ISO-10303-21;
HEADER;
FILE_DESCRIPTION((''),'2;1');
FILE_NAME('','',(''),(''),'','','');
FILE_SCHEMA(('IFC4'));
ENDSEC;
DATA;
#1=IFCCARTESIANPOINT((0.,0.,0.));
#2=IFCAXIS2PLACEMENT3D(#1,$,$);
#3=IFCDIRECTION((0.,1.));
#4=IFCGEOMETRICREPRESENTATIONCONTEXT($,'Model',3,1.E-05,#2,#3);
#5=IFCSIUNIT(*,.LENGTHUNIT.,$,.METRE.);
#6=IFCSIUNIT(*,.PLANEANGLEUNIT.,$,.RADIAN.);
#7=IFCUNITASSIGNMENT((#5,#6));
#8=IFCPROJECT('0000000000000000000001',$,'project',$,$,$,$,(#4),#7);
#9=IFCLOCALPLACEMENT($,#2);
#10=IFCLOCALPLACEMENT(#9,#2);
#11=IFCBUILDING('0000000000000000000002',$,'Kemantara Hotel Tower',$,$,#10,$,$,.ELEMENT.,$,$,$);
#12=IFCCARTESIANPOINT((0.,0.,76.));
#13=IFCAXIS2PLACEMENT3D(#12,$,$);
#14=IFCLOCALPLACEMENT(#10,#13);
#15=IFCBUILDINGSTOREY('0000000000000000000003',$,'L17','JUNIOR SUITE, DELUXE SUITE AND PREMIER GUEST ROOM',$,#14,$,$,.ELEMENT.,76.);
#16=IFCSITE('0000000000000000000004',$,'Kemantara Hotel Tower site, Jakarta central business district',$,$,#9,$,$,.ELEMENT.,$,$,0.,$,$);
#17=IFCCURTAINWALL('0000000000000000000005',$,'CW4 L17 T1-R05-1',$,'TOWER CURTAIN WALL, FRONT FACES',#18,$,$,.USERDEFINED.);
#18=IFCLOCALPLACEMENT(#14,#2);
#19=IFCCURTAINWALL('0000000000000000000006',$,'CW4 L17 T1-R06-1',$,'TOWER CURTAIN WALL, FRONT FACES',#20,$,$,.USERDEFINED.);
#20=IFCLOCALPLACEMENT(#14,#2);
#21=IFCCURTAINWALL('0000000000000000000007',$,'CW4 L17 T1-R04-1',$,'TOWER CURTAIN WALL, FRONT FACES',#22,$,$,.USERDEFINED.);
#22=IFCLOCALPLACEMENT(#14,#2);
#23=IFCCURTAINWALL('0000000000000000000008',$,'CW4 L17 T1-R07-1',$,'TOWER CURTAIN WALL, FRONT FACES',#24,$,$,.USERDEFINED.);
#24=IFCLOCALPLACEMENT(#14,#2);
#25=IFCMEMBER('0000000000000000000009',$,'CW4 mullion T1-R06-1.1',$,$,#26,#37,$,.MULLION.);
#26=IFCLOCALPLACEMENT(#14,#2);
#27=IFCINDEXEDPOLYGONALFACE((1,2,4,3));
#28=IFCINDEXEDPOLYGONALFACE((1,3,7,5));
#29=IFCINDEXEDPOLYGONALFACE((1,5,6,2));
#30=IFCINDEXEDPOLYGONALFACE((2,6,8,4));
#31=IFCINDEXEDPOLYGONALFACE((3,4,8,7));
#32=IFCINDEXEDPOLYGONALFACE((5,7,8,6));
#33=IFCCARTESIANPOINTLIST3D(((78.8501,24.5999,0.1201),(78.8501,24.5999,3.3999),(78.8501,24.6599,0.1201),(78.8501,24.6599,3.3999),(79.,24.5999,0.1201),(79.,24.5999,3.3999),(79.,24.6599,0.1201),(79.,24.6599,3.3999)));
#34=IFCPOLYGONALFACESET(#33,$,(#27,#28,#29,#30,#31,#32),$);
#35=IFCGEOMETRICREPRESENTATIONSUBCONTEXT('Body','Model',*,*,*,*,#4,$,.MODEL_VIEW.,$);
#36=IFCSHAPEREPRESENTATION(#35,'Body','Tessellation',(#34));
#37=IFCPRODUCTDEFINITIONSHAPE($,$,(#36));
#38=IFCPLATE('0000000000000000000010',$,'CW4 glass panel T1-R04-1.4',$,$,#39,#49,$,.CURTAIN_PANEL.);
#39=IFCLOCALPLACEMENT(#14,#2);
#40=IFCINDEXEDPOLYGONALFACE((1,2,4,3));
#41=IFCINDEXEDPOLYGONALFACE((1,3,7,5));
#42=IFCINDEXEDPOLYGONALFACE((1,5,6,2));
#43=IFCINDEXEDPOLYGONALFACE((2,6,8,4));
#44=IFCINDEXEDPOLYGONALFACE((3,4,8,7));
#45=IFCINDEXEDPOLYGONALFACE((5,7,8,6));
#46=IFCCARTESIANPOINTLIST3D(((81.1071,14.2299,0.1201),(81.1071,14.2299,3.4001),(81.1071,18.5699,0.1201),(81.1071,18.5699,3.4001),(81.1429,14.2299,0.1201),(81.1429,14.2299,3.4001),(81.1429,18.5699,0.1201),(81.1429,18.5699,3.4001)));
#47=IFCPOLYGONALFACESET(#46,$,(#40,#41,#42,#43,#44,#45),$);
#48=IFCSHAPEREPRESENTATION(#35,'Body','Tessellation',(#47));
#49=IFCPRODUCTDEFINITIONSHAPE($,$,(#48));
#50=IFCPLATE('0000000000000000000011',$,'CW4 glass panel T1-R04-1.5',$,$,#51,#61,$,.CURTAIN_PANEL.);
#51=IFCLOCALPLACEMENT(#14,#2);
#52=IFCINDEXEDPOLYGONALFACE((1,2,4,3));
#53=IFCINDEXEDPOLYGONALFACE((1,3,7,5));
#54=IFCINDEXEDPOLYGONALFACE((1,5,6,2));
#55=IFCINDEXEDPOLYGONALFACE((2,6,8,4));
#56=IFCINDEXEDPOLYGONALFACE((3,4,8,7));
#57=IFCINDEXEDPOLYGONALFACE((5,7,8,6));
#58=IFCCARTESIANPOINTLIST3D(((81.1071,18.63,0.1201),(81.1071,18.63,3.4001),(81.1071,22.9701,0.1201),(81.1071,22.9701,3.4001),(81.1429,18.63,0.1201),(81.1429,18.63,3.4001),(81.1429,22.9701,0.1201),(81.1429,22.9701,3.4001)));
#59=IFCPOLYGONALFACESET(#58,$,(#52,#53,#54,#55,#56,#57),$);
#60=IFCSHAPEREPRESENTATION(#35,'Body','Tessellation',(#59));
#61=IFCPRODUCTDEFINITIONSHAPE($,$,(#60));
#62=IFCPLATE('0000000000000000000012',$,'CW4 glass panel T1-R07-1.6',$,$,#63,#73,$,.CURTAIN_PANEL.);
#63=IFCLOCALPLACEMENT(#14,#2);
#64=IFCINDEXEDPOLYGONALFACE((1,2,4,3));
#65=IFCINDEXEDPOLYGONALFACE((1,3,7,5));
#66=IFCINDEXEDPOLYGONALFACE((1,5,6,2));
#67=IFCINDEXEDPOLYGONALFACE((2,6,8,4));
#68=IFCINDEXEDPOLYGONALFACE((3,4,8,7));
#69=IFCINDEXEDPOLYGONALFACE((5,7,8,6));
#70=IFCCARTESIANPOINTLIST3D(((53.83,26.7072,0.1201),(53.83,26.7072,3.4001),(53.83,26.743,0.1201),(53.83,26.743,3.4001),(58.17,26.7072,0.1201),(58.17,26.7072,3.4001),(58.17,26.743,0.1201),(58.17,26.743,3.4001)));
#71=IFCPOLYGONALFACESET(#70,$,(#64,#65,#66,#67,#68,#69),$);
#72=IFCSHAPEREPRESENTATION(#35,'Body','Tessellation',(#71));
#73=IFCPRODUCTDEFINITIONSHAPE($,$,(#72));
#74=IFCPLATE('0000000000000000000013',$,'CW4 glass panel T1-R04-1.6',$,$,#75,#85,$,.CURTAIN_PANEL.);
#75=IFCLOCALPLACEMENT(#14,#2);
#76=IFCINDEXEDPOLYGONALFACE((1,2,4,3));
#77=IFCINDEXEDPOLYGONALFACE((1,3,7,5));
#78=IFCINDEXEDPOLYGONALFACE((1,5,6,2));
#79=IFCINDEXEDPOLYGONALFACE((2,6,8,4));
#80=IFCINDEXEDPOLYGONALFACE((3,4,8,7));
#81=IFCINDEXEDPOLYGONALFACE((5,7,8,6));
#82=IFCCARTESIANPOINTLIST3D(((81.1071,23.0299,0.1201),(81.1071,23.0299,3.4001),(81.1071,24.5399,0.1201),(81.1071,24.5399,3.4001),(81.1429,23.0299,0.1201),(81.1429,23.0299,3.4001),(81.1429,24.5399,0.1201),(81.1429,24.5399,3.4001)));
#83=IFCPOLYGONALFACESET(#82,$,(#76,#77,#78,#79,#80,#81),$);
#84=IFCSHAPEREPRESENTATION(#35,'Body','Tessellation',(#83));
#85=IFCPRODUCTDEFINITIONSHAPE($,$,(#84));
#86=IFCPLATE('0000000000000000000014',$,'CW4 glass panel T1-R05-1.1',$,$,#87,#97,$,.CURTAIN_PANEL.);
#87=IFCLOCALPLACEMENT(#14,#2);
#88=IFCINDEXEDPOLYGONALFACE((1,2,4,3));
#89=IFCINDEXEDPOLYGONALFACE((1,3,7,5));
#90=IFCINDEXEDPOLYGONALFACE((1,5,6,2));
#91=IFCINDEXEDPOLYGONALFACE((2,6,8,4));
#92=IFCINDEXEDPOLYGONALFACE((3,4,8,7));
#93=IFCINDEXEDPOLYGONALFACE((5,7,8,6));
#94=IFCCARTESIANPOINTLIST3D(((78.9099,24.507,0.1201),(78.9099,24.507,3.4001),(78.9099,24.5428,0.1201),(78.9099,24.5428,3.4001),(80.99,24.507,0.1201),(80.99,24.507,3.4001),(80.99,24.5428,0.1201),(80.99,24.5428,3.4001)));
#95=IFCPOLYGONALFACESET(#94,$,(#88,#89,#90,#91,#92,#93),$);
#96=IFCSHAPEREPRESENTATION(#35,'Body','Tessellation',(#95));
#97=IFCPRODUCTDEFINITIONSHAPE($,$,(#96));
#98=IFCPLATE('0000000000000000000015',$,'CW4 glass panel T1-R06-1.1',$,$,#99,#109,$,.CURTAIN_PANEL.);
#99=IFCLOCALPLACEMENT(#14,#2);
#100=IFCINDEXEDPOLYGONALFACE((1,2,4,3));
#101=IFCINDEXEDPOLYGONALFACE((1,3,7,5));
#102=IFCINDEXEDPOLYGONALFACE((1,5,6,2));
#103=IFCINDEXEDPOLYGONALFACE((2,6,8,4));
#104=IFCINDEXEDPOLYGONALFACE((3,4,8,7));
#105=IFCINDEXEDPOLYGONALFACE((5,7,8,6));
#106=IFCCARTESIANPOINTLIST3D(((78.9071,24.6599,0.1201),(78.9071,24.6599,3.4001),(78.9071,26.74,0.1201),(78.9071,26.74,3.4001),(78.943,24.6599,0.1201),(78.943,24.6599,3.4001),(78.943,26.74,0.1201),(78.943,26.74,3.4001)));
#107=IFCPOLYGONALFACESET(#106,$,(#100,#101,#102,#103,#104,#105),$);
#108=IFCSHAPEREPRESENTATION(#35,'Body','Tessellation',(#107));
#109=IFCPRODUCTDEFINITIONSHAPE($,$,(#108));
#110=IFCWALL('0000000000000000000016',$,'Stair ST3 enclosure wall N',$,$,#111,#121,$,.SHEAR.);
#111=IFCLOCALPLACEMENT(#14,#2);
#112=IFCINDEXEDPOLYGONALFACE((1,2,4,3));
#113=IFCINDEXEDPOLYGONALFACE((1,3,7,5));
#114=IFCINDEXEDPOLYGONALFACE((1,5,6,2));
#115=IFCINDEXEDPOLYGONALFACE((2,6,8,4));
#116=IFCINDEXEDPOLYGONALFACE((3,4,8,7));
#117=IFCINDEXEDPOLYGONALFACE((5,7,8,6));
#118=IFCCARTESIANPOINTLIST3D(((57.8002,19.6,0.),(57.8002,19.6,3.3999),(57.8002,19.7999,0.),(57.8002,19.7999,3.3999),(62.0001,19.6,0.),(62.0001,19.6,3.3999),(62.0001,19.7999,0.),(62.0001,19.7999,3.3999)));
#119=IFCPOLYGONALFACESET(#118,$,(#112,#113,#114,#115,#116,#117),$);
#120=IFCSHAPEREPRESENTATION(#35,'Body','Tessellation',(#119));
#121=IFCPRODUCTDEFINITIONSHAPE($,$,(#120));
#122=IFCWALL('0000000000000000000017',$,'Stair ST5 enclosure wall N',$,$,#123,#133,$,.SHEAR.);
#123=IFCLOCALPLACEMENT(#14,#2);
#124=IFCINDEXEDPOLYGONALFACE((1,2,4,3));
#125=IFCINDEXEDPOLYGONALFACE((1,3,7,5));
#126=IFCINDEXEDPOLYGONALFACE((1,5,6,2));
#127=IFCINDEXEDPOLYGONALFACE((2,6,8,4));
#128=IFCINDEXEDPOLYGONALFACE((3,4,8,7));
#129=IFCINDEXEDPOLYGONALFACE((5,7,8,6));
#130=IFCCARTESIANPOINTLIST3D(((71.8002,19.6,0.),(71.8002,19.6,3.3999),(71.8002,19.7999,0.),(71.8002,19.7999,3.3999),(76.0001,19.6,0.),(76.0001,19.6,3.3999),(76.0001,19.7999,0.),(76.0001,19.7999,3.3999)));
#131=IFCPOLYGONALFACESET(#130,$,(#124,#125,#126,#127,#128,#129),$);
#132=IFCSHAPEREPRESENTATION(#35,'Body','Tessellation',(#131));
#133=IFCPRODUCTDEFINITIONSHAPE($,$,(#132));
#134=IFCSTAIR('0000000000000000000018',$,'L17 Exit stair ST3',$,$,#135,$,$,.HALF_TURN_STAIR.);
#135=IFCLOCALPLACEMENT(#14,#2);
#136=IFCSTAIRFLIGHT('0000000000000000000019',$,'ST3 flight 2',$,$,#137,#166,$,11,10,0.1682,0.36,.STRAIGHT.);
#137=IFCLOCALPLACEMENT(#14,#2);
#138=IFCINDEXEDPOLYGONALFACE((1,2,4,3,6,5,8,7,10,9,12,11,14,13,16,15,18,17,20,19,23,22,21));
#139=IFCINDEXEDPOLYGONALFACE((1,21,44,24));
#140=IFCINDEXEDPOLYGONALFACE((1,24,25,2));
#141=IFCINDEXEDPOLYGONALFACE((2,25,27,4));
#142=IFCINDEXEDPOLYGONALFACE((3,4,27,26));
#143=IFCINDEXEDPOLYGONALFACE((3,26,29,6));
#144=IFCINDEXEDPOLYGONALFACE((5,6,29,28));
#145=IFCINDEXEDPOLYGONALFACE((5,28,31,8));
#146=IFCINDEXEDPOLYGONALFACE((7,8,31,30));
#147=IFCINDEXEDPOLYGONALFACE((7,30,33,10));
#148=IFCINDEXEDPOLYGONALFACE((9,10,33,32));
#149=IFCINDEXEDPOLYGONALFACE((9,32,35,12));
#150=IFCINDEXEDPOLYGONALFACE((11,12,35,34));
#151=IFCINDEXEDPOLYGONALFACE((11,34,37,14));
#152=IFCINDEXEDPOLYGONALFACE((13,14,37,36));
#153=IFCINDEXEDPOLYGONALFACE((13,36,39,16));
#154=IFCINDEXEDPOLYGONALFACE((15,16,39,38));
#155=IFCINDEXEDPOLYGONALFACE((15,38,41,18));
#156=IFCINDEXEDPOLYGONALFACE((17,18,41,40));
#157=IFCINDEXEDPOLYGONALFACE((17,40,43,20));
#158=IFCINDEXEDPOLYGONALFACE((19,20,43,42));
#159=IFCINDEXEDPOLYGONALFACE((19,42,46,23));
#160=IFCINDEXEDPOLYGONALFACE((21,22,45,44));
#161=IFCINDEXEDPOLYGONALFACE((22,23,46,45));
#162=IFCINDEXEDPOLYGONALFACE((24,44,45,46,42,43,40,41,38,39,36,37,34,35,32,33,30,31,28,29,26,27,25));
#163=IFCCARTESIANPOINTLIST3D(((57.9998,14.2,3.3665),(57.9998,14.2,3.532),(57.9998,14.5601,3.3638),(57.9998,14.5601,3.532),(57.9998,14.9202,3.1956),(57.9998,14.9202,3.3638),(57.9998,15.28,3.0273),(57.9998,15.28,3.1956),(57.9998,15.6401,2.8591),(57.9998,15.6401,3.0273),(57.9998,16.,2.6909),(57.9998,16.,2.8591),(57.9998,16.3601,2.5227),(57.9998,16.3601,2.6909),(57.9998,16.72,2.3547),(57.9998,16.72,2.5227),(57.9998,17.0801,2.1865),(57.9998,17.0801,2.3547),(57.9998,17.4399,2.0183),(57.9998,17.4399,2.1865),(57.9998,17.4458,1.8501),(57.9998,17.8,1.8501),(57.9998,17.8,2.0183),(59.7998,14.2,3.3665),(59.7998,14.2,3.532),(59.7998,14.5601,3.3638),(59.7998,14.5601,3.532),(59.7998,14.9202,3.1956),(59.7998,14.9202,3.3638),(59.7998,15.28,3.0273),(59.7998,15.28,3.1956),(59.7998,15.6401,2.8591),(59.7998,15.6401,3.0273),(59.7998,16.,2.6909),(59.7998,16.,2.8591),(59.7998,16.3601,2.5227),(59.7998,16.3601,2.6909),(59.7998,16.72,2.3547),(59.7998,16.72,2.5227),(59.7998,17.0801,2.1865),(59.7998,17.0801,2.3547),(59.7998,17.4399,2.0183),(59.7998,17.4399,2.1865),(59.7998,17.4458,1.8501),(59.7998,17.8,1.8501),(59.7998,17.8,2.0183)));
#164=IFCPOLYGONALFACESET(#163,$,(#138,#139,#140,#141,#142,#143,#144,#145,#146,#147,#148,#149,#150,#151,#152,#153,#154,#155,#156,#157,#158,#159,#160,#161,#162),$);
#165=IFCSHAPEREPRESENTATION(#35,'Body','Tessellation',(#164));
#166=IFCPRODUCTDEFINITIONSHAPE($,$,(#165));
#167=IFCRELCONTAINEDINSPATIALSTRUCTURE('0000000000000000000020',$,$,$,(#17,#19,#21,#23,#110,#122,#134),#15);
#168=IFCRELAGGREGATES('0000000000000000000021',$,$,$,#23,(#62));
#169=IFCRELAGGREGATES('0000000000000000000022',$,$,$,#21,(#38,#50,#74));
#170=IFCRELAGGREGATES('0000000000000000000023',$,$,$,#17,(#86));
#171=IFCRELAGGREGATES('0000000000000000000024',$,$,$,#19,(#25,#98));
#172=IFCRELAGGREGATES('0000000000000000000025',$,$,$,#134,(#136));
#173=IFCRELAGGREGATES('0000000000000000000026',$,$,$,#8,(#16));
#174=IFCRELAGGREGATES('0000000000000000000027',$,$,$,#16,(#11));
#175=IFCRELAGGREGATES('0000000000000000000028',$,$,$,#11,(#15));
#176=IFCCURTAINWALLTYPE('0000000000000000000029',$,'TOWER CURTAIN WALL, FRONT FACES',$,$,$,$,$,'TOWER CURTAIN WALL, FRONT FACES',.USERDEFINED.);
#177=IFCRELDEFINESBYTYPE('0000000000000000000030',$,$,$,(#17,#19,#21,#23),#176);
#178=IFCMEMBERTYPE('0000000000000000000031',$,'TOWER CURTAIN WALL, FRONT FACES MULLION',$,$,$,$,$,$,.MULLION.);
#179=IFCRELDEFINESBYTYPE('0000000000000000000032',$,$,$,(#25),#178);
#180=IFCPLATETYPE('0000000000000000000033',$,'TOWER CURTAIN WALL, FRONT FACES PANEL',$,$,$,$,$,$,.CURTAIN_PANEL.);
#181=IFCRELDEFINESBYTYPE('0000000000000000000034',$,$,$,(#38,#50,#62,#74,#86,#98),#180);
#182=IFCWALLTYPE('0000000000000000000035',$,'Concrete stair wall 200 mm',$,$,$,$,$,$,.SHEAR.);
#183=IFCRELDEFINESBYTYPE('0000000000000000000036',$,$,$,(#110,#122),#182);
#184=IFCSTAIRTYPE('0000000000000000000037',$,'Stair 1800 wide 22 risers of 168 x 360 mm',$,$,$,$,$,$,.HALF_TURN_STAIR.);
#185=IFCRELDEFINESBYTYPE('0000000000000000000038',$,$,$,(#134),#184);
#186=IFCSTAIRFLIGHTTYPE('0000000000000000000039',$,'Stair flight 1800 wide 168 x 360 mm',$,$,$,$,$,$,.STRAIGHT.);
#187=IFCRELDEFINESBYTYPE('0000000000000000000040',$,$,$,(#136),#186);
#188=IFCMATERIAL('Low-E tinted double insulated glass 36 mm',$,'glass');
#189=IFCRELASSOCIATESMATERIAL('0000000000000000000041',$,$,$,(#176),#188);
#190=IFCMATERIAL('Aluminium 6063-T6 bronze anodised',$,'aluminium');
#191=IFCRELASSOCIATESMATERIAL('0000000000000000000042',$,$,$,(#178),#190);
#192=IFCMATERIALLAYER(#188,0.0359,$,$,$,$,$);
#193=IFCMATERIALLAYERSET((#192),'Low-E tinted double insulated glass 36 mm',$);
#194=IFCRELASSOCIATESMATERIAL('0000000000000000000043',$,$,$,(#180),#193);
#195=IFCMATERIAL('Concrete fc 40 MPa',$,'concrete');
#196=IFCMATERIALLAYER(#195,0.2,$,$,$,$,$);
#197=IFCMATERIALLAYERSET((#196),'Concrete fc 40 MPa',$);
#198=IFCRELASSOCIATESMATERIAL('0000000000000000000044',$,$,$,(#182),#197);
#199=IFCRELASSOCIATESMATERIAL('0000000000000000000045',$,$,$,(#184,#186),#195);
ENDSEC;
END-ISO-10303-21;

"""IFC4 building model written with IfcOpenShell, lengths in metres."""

from ifc_helpers import new_model, si_unit, direction, frame, frame_2d, origin, origin_2d, place, context, subcontext, project, spatial, polyline, rectangle, outline, extrude, source, transform, mapped, material, layer, layer_set, material_profile, profile_set, type_object, element, aggregate, save


model = new_model("IFC4")

# Units and contexts
model_context = context("Model", 3, precision=1e-05, world=origin(), true_north=direction((0.0, 1.0)))
body_context = subcontext(model_context, "Body", "Model", "MODEL_VIEW")
ifc_project = project(units=[si_unit("LENGTHUNIT", "METRE"), si_unit("PLANEANGLEUNIT", "RADIAN")], contexts=[model_context])

# Site, building, storey
site_placement = place(None, origin())
site = spatial("IfcSite", under=ifc_project, at=site_placement, Name="Kemantara Hotel Tower site, Jakarta central business district", CompositionType="ELEMENT", RefElevation=0.0)
building_placement = place(site_placement, origin())
building = spatial("IfcBuilding", under=site, at=building_placement, Name="Kemantara Hotel Tower", CompositionType="ELEMENT")
storey_placement = place(building_placement, frame((0.0, 0.0, 76.0)))
storey = spatial("IfcBuildingStorey", under=building, at=storey_placement, Name="L17", Description="JUNIOR SUITE, DELUXE SUITE AND PREMIER GUEST ROOM", CompositionType="ELEMENT", Elevation=76.0)

# Curtain walls
ifc_material_1 = material(Name="Low-E tinted double insulated glass 36 mm", Category="glass")
curtain_wall_type = type_object("IfcCurtainWallType", Name="TOWER CURTAIN WALL, FRONT FACES", ElementType="TOWER CURTAIN WALL, FRONT FACES", PredefinedType="USERDEFINED", material=ifc_material_1)
curtain_wall_1_placement = place(storey_placement, origin())
curtain_wall_1 = element("IfcCurtainWall", 1, at=curtain_wall_1_placement, inside=storey, type_object=curtain_wall_type, Name="CW4 L17 T1-R05-1", ObjectType="TOWER CURTAIN WALL, FRONT FACES", PredefinedType="USERDEFINED")
ifc_material_2 = material(Name="Aluminium 6063-T6 bronze anodised", Category="aluminium")
curtain_wall_2_placement = place(storey_placement, origin())
curtain_wall_2 = element("IfcCurtainWall", 2, at=curtain_wall_2_placement, inside=storey, type_object=curtain_wall_type, Name="CW4 L17 T1-R06-1", ObjectType="TOWER CURTAIN WALL, FRONT FACES", PredefinedType="USERDEFINED")

# Curtain walls
curtain_wall_3_placement = place(storey_placement, origin())
curtain_wall_3 = element("IfcCurtainWall", 3, at=curtain_wall_3_placement, inside=storey, type_object=curtain_wall_type, Name="CW4 L17 T1-R04-1", ObjectType="TOWER CURTAIN WALL, FRONT FACES", PredefinedType="USERDEFINED")
ifc_material_profile_1 = material_profile(ifc_material_2, rectangle(XDim=0.1499, YDim=0.0601, at=origin_2d()), Name="TOWER CURTAIN WALL, FRONT FACES MULLION")
ifc_profile_set_1 = profile_set([ifc_material_profile_1], Name="Aluminium 6063-T6 bronze anodised")
member_type_1 = type_object("IfcMemberType", Name="TOWER CURTAIN WALL, FRONT FACES MULLION", PredefinedType="MULLION", material=ifc_profile_set_1)
shared_shape_1 = source(origin(), body_context, "Body", "SweptSolid", [
    extrude(rectangle(XDim=0.1499, YDim=0.0601, at=origin_2d()), origin(), (0.0, 0.0, 1.0), 3.2798),
])
curtain_wall_4_placement = place(storey_placement, origin())
curtain_wall_4 = element("IfcCurtainWall", 4, at=curtain_wall_4_placement, inside=storey, type_object=curtain_wall_type, Name="CW4 L17 T1-R07-1", ObjectType="TOWER CURTAIN WALL, FRONT FACES", PredefinedType="USERDEFINED")

# Member
member_1_placement = place(storey_placement, frame((78.925, 24.6299, 0.1201), z_axis=(0.0, 0.0, 1.0), x_axis=(-1.0, 0.0, 0.0)))
member_1 = element("IfcMember", 5, at=member_1_placement, type_object=member_type_1, Name="CW4 mullion T1-R06-1.1", PredefinedType="MULLION", context=body_context, shape_type="MappedRepresentation", body=[
    mapped(shared_shape_1, transform((0.0, 0.0, 0.0))),
])

# Plates
ifc_layer_1 = layer(ifc_material_1, 0.0359)
ifc_layer_set_1 = layer_set([ifc_layer_1], Name="Low-E tinted double insulated glass 36 mm")
plate_type = type_object("IfcPlateType", Name="TOWER CURTAIN WALL, FRONT FACES PANEL", PredefinedType="CURTAIN_PANEL", material=ifc_layer_set_1)
shared_shape_2 = source(origin(), body_context, "Body", "SweptSolid", [
    extrude(rectangle(XDim=4.3401, YDim=0.0359, at=origin_2d()), origin(), (0.0, 0.0, 1.0), 3.28),
])
plate_1_placement = place(storey_placement, frame((81.125, 16.3999, 0.1201), z_axis=(0.0, 0.0, 1.0), x_axis=(0.0, 1.0, 0.0)))
plate_1 = element("IfcPlate", 6, at=plate_1_placement, type_object=plate_type, Name="CW4 glass panel T1-R04-1.4", PredefinedType="CURTAIN_PANEL", context=body_context, shape_type="MappedRepresentation", body=[
    mapped(shared_shape_2, transform((0.0, 0.0, 0.0))),
])
plate_2_placement = place(storey_placement, frame((81.125, 20.8, 0.1201), z_axis=(0.0, 0.0, 1.0), x_axis=(0.0, 1.0, 0.0)))
plate_2 = element("IfcPlate", 7, at=plate_2_placement, type_object=plate_type, Name="CW4 glass panel T1-R04-1.5", PredefinedType="CURTAIN_PANEL", context=body_context, shape_type="MappedRepresentation", body=[
    mapped(shared_shape_2, transform((0.0, 0.0, 0.0))),
])
plate_3_placement = place(storey_placement, frame((56.0, 26.7251, 0.1201), z_axis=(0.0, 0.0, 1.0), x_axis=(-1.0, 0.0, 0.0)))
plate_3 = element("IfcPlate", 8, at=plate_3_placement, type_object=plate_type, Name="CW4 glass panel T1-R07-1.6", PredefinedType="CURTAIN_PANEL", context=body_context, shape_type="MappedRepresentation", body=[
    mapped(shared_shape_2, transform((0.0, 0.0, 0.0))),
])
aggregate(curtain_wall_4, [plate_3])
shared_shape_3 = source(origin(), body_context, "Body", "SweptSolid", [
    extrude(rectangle(XDim=1.51, YDim=0.0359, at=origin_2d()), origin(), (0.0, 0.0, 1.0), 3.28),
])
plate_4_placement = place(storey_placement, frame((81.125, 23.7849, 0.1201), z_axis=(0.0, 0.0, 1.0), x_axis=(0.0, 1.0, 0.0)))
plate_4 = element("IfcPlate", 9, at=plate_4_placement, type_object=plate_type, Name="CW4 glass panel T1-R04-1.6", PredefinedType="CURTAIN_PANEL", context=body_context, shape_type="MappedRepresentation", body=[
    mapped(shared_shape_3, transform((0.0, 0.0, 0.0))),
])
aggregate(curtain_wall_3, [plate_1, plate_2, plate_4])
shared_shape_4 = source(origin(), body_context, "Body", "SweptSolid", [
    extrude(rectangle(XDim=2.0801, YDim=0.0359, at=origin_2d()), origin(), (0.0, 0.0, 1.0), 3.28),
])
plate_5_placement = place(storey_placement, frame((79.95, 24.5249, 0.1201), z_axis=(0.0, 0.0, 1.0), x_axis=(-1.0, 0.0, 0.0)))
plate_5 = element("IfcPlate", 10, at=plate_5_placement, type_object=plate_type, Name="CW4 glass panel T1-R05-1.1", PredefinedType="CURTAIN_PANEL", context=body_context, shape_type="MappedRepresentation", body=[
    mapped(shared_shape_4, transform((0.0, 0.0, 0.0))),
])
aggregate(curtain_wall_1, [plate_5])
plate_6_placement = place(storey_placement, frame((78.925, 25.7, 0.1201), z_axis=(0.0, 0.0, 1.0), x_axis=(0.0, 1.0, 0.0)))
plate_6 = element("IfcPlate", 11, at=plate_6_placement, type_object=plate_type, Name="CW4 glass panel T1-R06-1.1", PredefinedType="CURTAIN_PANEL", context=body_context, shape_type="MappedRepresentation", body=[
    mapped(shared_shape_4, transform((0.0, 0.0, 0.0))),
])
aggregate(curtain_wall_2, [member_1, plate_6])

# Walls
ifc_material_3 = material(Name="Concrete fc 40 MPa", Category="concrete")
ifc_layer_2 = layer(ifc_material_3, 0.2)
ifc_layer_set_2 = layer_set([ifc_layer_2], Name="Concrete fc 40 MPa")
wall_type = type_object("IfcWallType", Name="Concrete stair wall 200 mm", PredefinedType="SHEAR", material=ifc_layer_set_2)
for number, where, z_axis, x_axis, name in (
    (12, (57.8, 19.7, 0.0), (0.0, 0.0, 1.0), (1.0, 0.0, 0.0), "Stair ST3 enclosure wall N"),
    (13, (71.8, 19.7, 0.0), (0.0, 0.0, 1.0), (1.0, 0.0, 0.0), "Stair ST5 enclosure wall N"),
):
    element("IfcWall", number, at=place(storey_placement, frame(where, z_axis=z_axis, x_axis=x_axis)), inside=storey, type_object=wall_type, Name=name, PredefinedType="SHEAR", context=body_context, shape_type="SweptSolid", body=[
        extrude(rectangle(XDim=4.2, YDim=0.2, at=frame_2d((2.1001, 0.0))), origin(), (0.0, 0.0, 1.0), 3.3999),
    ])

# Stair, stair flight
stair_type = type_object("IfcStairType", Name="Stair 1800 wide 22 risers of 168 x 360 mm", PredefinedType="HALF_TURN_STAIR", material=ifc_material_3)
stair_1_placement = place(storey_placement, origin())
stair_1 = element("IfcStair", 14, at=stair_1_placement, inside=storey, type_object=stair_type, Name="L17 Exit stair ST3", PredefinedType="HALF_TURN_STAIR")
stair_flight_type = type_object("IfcStairFlightType", Name="Stair flight 1800 wide 168 x 360 mm", PredefinedType="STRAIGHT", material=ifc_material_3)
stair_flight_1_placement = place(storey_placement, frame((58.8999, 17.8, 1.8501), z_axis=(0.0, 0.0, 1.0), x_axis=(0.0, -1.0, 0.0)))
stair_flight_1 = element("IfcStairFlight", 15, at=stair_flight_1_placement, type_object=stair_flight_type, Name="ST3 flight 2", NumberOfRisers=11, NumberOfTreads=10, PredefinedType="STRAIGHT", RiserHeight=0.1682, TreadLength=0.36, context=body_context, shape_type="SweptSolid", body=[
    extrude(outline(polyline([(0.0, 0.0), (0.0, 0.1682), (0.3601, 0.1682), (0.3601, 0.3364), (0.72, 0.3364), (0.72, 0.5046), (1.0801, 0.5046), (1.0801, 0.6726), (1.4399, 0.6726), (1.4399, 0.8408), (1.8, 0.8408), (1.8, 1.009), (2.1599, 1.009), (2.1599, 1.1772), (2.52, 1.1772), (2.52, 1.3455), (2.8799, 1.3455), (2.8799, 1.5137), (3.24, 1.5137), (3.24, 1.6819), (3.6001, 1.6819), (3.6001, 1.8501), (3.6001, 1.5164), (0.3542, 0.0), (0.0, 0.0)])), frame((0.0, 0.8999, 0.0), z_axis=(0.0, -1.0, 0.0), x_axis=(1.0, 0.0, 0.0)), (0.0, 0.0, 1.0), 1.8),
])
aggregate(stair_1, [stair_flight_1])

save(model, "model.ifc")
